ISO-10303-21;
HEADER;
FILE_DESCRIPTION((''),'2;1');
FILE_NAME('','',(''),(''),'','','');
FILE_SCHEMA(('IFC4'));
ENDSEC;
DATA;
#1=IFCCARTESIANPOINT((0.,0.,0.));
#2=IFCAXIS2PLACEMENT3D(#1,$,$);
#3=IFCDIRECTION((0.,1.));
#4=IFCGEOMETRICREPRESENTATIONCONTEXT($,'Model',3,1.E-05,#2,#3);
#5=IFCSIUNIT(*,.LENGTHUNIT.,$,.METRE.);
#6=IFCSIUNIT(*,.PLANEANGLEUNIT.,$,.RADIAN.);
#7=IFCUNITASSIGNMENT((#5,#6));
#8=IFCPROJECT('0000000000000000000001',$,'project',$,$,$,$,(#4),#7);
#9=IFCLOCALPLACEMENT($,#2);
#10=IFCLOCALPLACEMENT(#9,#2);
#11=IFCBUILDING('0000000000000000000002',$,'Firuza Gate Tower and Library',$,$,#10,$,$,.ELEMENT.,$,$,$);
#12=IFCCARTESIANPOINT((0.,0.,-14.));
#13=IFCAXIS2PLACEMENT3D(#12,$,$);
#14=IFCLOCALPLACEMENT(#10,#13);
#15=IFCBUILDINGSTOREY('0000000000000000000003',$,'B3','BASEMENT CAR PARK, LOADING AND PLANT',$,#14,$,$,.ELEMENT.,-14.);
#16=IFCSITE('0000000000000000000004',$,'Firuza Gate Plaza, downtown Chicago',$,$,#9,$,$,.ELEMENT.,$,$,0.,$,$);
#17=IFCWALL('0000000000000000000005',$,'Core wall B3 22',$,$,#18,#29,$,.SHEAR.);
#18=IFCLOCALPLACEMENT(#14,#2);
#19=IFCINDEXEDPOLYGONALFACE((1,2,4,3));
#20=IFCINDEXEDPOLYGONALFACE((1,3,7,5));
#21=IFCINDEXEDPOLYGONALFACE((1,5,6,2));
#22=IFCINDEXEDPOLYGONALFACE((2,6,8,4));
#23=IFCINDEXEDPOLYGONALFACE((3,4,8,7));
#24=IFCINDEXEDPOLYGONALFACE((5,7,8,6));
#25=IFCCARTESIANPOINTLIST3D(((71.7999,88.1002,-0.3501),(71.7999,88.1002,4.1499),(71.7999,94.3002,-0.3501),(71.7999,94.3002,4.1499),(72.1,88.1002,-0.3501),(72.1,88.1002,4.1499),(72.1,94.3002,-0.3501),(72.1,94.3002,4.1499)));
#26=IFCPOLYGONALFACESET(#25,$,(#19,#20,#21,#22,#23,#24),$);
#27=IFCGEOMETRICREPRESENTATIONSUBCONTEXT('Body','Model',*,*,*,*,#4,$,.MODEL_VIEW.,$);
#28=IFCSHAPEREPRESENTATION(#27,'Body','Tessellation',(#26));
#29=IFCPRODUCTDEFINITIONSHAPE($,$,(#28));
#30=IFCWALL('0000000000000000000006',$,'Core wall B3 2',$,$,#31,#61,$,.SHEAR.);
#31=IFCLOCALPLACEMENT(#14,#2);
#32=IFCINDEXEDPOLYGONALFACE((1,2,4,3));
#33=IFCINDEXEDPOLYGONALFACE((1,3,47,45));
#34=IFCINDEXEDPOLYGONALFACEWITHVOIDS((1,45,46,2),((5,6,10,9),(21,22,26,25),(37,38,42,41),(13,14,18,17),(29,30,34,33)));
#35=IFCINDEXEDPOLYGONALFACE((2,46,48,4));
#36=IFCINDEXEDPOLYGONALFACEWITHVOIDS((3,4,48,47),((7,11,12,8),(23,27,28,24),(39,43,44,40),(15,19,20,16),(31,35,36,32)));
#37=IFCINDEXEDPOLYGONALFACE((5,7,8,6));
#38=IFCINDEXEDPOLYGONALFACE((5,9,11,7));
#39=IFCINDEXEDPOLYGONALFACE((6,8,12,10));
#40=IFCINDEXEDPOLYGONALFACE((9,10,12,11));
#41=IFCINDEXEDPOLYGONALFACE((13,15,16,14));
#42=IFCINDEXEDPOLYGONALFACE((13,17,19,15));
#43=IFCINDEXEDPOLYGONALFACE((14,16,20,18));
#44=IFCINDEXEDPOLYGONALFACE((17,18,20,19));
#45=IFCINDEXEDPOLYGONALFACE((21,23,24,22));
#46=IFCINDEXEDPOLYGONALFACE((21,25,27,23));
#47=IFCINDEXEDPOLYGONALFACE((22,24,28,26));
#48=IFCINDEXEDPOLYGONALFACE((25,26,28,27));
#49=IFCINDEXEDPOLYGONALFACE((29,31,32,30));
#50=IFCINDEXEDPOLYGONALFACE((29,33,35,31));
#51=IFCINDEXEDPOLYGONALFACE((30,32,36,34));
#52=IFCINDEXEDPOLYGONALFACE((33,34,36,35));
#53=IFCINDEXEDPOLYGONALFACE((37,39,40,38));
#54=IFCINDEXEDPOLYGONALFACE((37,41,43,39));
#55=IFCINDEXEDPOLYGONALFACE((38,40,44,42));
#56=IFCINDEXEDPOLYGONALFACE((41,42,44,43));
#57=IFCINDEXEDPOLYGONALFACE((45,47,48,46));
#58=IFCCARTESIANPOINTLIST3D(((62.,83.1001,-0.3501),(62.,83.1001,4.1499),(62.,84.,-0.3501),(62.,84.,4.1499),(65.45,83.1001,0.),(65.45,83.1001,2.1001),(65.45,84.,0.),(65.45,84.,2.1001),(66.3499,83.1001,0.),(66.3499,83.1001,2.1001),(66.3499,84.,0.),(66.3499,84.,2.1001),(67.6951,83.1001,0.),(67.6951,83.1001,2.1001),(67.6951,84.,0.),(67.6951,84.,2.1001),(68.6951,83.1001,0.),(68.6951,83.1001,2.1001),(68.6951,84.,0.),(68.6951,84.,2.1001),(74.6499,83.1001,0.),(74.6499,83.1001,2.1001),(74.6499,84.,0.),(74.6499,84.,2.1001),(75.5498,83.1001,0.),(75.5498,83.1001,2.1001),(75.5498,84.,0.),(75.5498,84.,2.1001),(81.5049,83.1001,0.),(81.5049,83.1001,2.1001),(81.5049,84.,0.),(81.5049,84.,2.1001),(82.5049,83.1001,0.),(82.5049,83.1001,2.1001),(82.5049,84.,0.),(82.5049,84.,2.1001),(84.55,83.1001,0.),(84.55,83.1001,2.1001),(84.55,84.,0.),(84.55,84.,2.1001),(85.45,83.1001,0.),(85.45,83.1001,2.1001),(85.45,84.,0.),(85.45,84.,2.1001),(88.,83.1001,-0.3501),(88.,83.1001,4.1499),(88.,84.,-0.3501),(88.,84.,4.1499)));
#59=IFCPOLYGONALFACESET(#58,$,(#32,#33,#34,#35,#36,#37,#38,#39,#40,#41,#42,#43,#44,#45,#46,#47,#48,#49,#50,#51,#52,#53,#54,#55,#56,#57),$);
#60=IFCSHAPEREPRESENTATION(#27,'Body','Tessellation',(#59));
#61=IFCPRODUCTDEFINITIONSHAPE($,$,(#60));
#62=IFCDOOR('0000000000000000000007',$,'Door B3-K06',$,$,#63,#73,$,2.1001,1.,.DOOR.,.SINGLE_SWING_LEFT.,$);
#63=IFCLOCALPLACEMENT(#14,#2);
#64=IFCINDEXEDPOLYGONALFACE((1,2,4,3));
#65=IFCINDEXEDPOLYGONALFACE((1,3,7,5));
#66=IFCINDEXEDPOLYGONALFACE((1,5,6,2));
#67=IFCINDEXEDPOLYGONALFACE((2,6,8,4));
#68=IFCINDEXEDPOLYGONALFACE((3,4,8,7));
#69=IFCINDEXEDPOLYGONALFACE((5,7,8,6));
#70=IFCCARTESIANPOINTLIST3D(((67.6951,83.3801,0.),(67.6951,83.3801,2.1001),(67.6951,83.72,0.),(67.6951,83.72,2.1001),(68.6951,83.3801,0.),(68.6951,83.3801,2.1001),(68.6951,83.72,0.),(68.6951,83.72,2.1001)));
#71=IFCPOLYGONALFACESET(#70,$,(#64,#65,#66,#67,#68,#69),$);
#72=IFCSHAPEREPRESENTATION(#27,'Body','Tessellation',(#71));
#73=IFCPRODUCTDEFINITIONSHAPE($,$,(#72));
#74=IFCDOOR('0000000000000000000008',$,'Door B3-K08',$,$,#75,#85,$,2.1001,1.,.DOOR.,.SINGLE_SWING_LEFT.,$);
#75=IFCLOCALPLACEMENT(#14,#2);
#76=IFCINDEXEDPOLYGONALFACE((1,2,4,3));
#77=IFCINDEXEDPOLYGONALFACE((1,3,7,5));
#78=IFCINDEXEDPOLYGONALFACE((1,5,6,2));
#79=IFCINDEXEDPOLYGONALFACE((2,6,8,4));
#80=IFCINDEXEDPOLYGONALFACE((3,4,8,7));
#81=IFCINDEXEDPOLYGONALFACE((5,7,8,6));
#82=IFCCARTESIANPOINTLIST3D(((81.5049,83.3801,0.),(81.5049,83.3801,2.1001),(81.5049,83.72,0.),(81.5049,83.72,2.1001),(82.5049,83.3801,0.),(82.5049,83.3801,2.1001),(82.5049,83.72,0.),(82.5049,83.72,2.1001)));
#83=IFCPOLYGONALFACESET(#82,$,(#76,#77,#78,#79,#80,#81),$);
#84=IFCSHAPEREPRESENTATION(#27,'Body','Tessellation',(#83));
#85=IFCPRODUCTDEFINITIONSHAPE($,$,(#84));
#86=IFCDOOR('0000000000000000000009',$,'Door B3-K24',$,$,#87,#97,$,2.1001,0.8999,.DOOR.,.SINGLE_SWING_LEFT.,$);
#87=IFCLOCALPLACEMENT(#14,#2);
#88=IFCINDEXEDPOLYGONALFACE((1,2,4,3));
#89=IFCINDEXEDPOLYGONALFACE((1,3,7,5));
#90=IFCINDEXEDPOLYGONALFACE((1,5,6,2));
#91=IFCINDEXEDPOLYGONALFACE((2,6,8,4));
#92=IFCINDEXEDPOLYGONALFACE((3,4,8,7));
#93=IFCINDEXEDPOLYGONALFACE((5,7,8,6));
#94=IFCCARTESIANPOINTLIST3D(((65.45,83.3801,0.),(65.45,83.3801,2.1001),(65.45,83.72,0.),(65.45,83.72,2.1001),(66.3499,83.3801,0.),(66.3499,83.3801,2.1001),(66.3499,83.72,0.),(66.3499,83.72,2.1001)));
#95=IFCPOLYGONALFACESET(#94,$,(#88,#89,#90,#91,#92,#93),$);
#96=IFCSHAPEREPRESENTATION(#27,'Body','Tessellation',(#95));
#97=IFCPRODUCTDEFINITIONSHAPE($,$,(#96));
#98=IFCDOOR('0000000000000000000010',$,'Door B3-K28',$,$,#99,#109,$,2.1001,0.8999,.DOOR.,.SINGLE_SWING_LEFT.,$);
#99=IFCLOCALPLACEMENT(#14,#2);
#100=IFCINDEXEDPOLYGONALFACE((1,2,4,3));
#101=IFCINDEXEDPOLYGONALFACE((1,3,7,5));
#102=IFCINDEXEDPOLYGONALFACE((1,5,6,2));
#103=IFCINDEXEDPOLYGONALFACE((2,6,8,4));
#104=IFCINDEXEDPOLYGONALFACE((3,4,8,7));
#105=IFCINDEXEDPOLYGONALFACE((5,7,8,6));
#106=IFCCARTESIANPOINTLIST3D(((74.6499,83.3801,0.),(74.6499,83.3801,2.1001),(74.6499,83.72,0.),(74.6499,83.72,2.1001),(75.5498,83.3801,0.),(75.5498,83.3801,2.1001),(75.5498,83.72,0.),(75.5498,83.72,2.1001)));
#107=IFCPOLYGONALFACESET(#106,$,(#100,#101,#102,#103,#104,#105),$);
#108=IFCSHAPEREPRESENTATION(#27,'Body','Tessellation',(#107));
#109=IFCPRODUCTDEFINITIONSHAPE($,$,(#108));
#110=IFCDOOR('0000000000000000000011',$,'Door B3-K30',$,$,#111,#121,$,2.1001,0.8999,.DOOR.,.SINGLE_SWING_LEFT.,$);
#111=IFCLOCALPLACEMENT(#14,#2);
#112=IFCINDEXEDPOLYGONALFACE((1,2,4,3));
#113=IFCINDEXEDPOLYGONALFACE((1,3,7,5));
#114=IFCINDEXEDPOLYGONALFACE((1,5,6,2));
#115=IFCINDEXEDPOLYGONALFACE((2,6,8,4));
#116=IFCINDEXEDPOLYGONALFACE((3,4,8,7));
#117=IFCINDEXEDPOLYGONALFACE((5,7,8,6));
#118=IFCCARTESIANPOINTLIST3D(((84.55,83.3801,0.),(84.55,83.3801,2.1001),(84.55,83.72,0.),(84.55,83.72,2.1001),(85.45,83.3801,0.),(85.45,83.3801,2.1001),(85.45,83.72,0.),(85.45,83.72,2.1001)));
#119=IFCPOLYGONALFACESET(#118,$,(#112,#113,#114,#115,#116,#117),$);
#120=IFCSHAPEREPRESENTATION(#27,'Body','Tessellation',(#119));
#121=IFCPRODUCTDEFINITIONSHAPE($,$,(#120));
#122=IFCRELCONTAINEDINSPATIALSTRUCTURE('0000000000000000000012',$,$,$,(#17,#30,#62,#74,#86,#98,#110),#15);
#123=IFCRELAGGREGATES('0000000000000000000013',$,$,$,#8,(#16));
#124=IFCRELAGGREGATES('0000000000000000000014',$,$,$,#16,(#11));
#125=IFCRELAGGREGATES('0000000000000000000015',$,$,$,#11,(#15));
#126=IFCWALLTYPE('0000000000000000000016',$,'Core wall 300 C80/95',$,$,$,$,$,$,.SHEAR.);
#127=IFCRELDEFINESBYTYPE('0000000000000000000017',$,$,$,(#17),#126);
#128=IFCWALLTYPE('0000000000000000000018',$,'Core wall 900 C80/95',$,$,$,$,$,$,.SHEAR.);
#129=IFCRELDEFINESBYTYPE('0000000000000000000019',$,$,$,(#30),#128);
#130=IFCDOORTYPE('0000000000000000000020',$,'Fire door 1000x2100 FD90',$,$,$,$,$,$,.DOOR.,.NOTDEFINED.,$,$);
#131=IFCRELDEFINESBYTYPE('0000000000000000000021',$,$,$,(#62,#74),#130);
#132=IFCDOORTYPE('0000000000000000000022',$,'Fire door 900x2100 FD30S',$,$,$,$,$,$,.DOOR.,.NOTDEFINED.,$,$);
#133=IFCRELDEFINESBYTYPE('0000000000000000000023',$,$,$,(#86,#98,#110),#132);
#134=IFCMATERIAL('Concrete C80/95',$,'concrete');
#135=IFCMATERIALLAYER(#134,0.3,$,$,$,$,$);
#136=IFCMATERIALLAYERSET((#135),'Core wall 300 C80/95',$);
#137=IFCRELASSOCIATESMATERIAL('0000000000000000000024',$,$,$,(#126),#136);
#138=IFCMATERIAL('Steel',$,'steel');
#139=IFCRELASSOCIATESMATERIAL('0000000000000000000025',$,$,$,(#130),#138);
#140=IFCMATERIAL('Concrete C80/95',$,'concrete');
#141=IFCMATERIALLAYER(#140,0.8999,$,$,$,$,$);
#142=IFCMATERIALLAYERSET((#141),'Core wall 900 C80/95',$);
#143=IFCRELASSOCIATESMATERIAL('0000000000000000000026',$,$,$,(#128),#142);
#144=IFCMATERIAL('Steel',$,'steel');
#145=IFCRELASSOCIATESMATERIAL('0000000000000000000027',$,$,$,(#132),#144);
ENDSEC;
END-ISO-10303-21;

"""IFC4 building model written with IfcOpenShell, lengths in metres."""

from ifc_helpers import new_model, si_unit, direction, frame, frame_2d, origin, place, context, subcontext, project, spatial, rectangle, extrude, material, layer, layer_set, type_object, element, fill, save


model = new_model("IFC4")

# Units and contexts
model_context = context("Model", 3, precision=1e-05, world=origin(), true_north=direction((0.0, 1.0)))
body_context = subcontext(model_context, "Body", "Model", "MODEL_VIEW")
ifc_project = project(units=[si_unit("LENGTHUNIT", "METRE"), si_unit("PLANEANGLEUNIT", "RADIAN")], contexts=[model_context])

# Site, building, storey
site_placement = place(None, origin())
site = spatial("IfcSite", under=ifc_project, at=site_placement, Name="Firuza Gate Plaza, downtown Chicago", CompositionType="ELEMENT", RefElevation=0.0)
building_placement = place(site_placement, origin())
building = spatial("IfcBuilding", under=site, at=building_placement, Name="Firuza Gate Tower and Library", CompositionType="ELEMENT")
storey_placement = place(building_placement, frame((0.0, 0.0, -14.0)))
storey = spatial("IfcBuildingStorey", under=building, at=storey_placement, Name="B3", Description="BASEMENT CAR PARK, LOADING AND PLANT", CompositionType="ELEMENT", Elevation=-14.0)

# Shared definitions
ifc_material_1 = material(Name="Concrete C80/95", Category="concrete")
ifc_layer_1 = layer(ifc_material_1, 0.3)
ifc_layer_set_1 = layer_set([ifc_layer_1], Name="Core wall 300 C80/95")
wall_type_1 = type_object("IfcWallType", Name="Core wall 300 C80/95", PredefinedType="SHEAR", material=ifc_layer_set_1)
ifc_material_2 = material(Name="Steel", Category="steel")
door_type_1 = type_object("IfcDoorType", Name="Fire door 1000x2100 FD90", OperationType="NOTDEFINED", PredefinedType="DOOR", material=ifc_material_2)

# Wall
wall_1_placement = place(storey_placement, frame((71.95, 88.1001, -0.3501), z_axis=(0.0, 0.0, 1.0), x_axis=(0.0, 1.0, 0.0)))
element("IfcWall", 1, at=wall_1_placement, inside=storey, type_object=wall_type_1, Name="Core wall B3 22", PredefinedType="SHEAR", context=body_context, shape_type="SweptSolid", body=[
    extrude(rectangle(XDim=6.2, YDim=0.3, at=frame_2d((3.1001, 0.0))), origin(), (0.0, 0.0, 1.0), 4.5),
])

# Wall, openings, doors
ifc_material_3 = material(Name="Concrete C80/95", Category="concrete")
ifc_layer_2 = layer(ifc_material_3, 0.8999)
ifc_layer_set_2 = layer_set([ifc_layer_2], Name="Core wall 900 C80/95")
wall_type_2 = type_object("IfcWallType", Name="Core wall 900 C80/95", PredefinedType="SHEAR", material=ifc_layer_set_2)
wall_2_placement = place(storey_placement, frame((62.0, 83.55, -0.3501), z_axis=(0.0, 0.0, 1.0), x_axis=(1.0, 0.0, 0.0)))
wall_2 = element("IfcWall", 2, at=wall_2_placement, inside=storey, type_object=wall_type_2, Name="Core wall B3 2", PredefinedType="SHEAR", context=body_context, shape_type="SweptSolid", body=[
    extrude(rectangle(XDim=26.0, YDim=0.8999, at=frame_2d((13.0, 0.0))), origin(), (0.0, 0.0, 1.0), 4.5),
])
opening_1_placement = place(wall_2_placement, frame((5.6951, 0.0, 0.3501)))
opening_1 = element("IfcOpeningElement", 3, at=opening_1_placement, cuts=wall_2, PredefinedType="OPENING", context=body_context, shape_type="SweptSolid", body=[
    extrude(rectangle(XDim=1.0, YDim=2.1001, at=frame_2d((0.5, 1.05))), frame((0.0, 0.46, 0.0), z_axis=(0.0, -1.0, 0.0), x_axis=(1.0, 0.0, 0.0)), (0.0, 0.0, 1.0), 0.9199),
])
opening_2_placement = place(wall_2_placement, frame((19.5049, 0.0, 0.3501)))
opening_2 = element("IfcOpeningElement", 4, at=opening_2_placement, cuts=wall_2, PredefinedType="OPENING", context=body_context, shape_type="SweptSolid", body=[
    extrude(rectangle(XDim=1.0, YDim=2.1001, at=frame_2d((0.5, 1.05))), frame((0.0, 0.46, 0.0), z_axis=(0.0, -1.0, 0.0), x_axis=(1.0, 0.0, 0.0)), (0.0, 0.0, 1.0), 0.9199),
])
opening_3_placement = place(wall_2_placement, frame((3.45, 0.0, 0.3501)))
opening_3 = element("IfcOpeningElement", 5, at=opening_3_placement, cuts=wall_2, PredefinedType="OPENING", context=body_context, shape_type="SweptSolid", body=[
    extrude(rectangle(XDim=0.8999, YDim=2.1001, at=frame_2d((0.45, 1.05))), frame((0.0, 0.46, 0.0), z_axis=(0.0, -1.0, 0.0), x_axis=(1.0, 0.0, 0.0)), (0.0, 0.0, 1.0), 0.9199),
])
opening_4_placement = place(wall_2_placement, frame((12.6499, 0.0, 0.3501)))
opening_4 = element("IfcOpeningElement", 6, at=opening_4_placement, cuts=wall_2, PredefinedType="OPENING", context=body_context, shape_type="SweptSolid", body=[
    extrude(rectangle(XDim=0.8999, YDim=2.1001, at=frame_2d((0.45, 1.05))), frame((0.0, 0.46, 0.0), z_axis=(0.0, -1.0, 0.0), x_axis=(1.0, 0.0, 0.0)), (0.0, 0.0, 1.0), 0.9199),
])
opening_5_placement = place(wall_2_placement, frame((22.55, 0.0, 0.3501)))
opening_5 = element("IfcOpeningElement", 7, at=opening_5_placement, cuts=wall_2, PredefinedType="OPENING", context=body_context, shape_type="SweptSolid", body=[
    extrude(rectangle(XDim=0.8999, YDim=2.1001, at=frame_2d((0.45, 1.05))), frame((0.0, 0.46, 0.0), z_axis=(0.0, -1.0, 0.0), x_axis=(1.0, 0.0, 0.0)), (0.0, 0.0, 1.0), 0.9199),
])
door_1_placement = place(opening_1_placement, origin())
door_1 = element("IfcDoor", 8, at=door_1_placement, inside=storey, type_object=door_type_1, Name="Door B3-K06", OperationType="SINGLE_SWING_LEFT", OverallHeight=2.1001, OverallWidth=1.0, PredefinedType="DOOR", context=body_context, shape_type="SweptSolid", body=[
    extrude(rectangle(XDim=1.0, YDim=2.1001, at=frame_2d((0.5, 1.05))), frame((0.0, 0.1699, 0.0), z_axis=(0.0, -1.0, 0.0), x_axis=(1.0, 0.0, 0.0)), (0.0, 0.0, 1.0), 0.3398),
])
fill(opening_1, door_1)
door_2_placement = place(opening_2_placement, origin())
door_2 = element("IfcDoor", 9, at=door_2_placement, inside=storey, type_object=door_type_1, Name="Door B3-K08", OperationType="SINGLE_SWING_LEFT", OverallHeight=2.1001, OverallWidth=1.0, PredefinedType="DOOR", context=body_context, shape_type="SweptSolid", body=[
    extrude(rectangle(XDim=1.0, YDim=2.1001, at=frame_2d((0.5, 1.05))), frame((0.0, 0.1699, 0.0), z_axis=(0.0, -1.0, 0.0), x_axis=(1.0, 0.0, 0.0)), (0.0, 0.0, 1.0), 0.3398),
])
fill(opening_2, door_2)
ifc_material_4 = material(Name="Steel", Category="steel")
door_type_2 = type_object("IfcDoorType", Name="Fire door 900x2100 FD30S", OperationType="NOTDEFINED", PredefinedType="DOOR", material=ifc_material_4)
door_3_placement = place(opening_3_placement, origin())
door_3 = element("IfcDoor", 10, at=door_3_placement, inside=storey, type_object=door_type_2, Name="Door B3-K24", OperationType="SINGLE_SWING_LEFT", OverallHeight=2.1001, OverallWidth=0.8999, PredefinedType="DOOR", context=body_context, shape_type="SweptSolid", body=[
    extrude(rectangle(XDim=0.8999, YDim=2.1001, at=frame_2d((0.45, 1.05))), frame((0.0, 0.1699, 0.0), z_axis=(0.0, -1.0, 0.0), x_axis=(1.0, 0.0, 0.0)), (0.0, 0.0, 1.0), 0.3398),
])
fill(opening_3, door_3)
door_4_placement = place(opening_4_placement, origin())
door_4 = element("IfcDoor", 11, at=door_4_placement, inside=storey, type_object=door_type_2, Name="Door B3-K28", OperationType="SINGLE_SWING_LEFT", OverallHeight=2.1001, OverallWidth=0.8999, PredefinedType="DOOR", context=body_context, shape_type="SweptSolid", body=[
    extrude(rectangle(XDim=0.8999, YDim=2.1001, at=frame_2d((0.45, 1.05))), frame((0.0, 0.1699, 0.0), z_axis=(0.0, -1.0, 0.0), x_axis=(1.0, 0.0, 0.0)), (0.0, 0.0, 1.0), 0.3398),
])
fill(opening_4, door_4)
door_5_placement = place(opening_5_placement, origin())
door_5 = element("IfcDoor", 12, at=door_5_placement, inside=storey, type_object=door_type_2, Name="Door B3-K30", OperationType="SINGLE_SWING_LEFT", OverallHeight=2.1001, OverallWidth=0.8999, PredefinedType="DOOR", context=body_context, shape_type="SweptSolid", body=[
    extrude(rectangle(XDim=0.8999, YDim=2.1001, at=frame_2d((0.45, 1.05))), frame((0.0, 0.1699, 0.0), z_axis=(0.0, -1.0, 0.0), x_axis=(1.0, 0.0, 0.0)), (0.0, 0.0, 1.0), 0.3398),
])
fill(opening_5, door_5)

save(model, "model.ifc")
